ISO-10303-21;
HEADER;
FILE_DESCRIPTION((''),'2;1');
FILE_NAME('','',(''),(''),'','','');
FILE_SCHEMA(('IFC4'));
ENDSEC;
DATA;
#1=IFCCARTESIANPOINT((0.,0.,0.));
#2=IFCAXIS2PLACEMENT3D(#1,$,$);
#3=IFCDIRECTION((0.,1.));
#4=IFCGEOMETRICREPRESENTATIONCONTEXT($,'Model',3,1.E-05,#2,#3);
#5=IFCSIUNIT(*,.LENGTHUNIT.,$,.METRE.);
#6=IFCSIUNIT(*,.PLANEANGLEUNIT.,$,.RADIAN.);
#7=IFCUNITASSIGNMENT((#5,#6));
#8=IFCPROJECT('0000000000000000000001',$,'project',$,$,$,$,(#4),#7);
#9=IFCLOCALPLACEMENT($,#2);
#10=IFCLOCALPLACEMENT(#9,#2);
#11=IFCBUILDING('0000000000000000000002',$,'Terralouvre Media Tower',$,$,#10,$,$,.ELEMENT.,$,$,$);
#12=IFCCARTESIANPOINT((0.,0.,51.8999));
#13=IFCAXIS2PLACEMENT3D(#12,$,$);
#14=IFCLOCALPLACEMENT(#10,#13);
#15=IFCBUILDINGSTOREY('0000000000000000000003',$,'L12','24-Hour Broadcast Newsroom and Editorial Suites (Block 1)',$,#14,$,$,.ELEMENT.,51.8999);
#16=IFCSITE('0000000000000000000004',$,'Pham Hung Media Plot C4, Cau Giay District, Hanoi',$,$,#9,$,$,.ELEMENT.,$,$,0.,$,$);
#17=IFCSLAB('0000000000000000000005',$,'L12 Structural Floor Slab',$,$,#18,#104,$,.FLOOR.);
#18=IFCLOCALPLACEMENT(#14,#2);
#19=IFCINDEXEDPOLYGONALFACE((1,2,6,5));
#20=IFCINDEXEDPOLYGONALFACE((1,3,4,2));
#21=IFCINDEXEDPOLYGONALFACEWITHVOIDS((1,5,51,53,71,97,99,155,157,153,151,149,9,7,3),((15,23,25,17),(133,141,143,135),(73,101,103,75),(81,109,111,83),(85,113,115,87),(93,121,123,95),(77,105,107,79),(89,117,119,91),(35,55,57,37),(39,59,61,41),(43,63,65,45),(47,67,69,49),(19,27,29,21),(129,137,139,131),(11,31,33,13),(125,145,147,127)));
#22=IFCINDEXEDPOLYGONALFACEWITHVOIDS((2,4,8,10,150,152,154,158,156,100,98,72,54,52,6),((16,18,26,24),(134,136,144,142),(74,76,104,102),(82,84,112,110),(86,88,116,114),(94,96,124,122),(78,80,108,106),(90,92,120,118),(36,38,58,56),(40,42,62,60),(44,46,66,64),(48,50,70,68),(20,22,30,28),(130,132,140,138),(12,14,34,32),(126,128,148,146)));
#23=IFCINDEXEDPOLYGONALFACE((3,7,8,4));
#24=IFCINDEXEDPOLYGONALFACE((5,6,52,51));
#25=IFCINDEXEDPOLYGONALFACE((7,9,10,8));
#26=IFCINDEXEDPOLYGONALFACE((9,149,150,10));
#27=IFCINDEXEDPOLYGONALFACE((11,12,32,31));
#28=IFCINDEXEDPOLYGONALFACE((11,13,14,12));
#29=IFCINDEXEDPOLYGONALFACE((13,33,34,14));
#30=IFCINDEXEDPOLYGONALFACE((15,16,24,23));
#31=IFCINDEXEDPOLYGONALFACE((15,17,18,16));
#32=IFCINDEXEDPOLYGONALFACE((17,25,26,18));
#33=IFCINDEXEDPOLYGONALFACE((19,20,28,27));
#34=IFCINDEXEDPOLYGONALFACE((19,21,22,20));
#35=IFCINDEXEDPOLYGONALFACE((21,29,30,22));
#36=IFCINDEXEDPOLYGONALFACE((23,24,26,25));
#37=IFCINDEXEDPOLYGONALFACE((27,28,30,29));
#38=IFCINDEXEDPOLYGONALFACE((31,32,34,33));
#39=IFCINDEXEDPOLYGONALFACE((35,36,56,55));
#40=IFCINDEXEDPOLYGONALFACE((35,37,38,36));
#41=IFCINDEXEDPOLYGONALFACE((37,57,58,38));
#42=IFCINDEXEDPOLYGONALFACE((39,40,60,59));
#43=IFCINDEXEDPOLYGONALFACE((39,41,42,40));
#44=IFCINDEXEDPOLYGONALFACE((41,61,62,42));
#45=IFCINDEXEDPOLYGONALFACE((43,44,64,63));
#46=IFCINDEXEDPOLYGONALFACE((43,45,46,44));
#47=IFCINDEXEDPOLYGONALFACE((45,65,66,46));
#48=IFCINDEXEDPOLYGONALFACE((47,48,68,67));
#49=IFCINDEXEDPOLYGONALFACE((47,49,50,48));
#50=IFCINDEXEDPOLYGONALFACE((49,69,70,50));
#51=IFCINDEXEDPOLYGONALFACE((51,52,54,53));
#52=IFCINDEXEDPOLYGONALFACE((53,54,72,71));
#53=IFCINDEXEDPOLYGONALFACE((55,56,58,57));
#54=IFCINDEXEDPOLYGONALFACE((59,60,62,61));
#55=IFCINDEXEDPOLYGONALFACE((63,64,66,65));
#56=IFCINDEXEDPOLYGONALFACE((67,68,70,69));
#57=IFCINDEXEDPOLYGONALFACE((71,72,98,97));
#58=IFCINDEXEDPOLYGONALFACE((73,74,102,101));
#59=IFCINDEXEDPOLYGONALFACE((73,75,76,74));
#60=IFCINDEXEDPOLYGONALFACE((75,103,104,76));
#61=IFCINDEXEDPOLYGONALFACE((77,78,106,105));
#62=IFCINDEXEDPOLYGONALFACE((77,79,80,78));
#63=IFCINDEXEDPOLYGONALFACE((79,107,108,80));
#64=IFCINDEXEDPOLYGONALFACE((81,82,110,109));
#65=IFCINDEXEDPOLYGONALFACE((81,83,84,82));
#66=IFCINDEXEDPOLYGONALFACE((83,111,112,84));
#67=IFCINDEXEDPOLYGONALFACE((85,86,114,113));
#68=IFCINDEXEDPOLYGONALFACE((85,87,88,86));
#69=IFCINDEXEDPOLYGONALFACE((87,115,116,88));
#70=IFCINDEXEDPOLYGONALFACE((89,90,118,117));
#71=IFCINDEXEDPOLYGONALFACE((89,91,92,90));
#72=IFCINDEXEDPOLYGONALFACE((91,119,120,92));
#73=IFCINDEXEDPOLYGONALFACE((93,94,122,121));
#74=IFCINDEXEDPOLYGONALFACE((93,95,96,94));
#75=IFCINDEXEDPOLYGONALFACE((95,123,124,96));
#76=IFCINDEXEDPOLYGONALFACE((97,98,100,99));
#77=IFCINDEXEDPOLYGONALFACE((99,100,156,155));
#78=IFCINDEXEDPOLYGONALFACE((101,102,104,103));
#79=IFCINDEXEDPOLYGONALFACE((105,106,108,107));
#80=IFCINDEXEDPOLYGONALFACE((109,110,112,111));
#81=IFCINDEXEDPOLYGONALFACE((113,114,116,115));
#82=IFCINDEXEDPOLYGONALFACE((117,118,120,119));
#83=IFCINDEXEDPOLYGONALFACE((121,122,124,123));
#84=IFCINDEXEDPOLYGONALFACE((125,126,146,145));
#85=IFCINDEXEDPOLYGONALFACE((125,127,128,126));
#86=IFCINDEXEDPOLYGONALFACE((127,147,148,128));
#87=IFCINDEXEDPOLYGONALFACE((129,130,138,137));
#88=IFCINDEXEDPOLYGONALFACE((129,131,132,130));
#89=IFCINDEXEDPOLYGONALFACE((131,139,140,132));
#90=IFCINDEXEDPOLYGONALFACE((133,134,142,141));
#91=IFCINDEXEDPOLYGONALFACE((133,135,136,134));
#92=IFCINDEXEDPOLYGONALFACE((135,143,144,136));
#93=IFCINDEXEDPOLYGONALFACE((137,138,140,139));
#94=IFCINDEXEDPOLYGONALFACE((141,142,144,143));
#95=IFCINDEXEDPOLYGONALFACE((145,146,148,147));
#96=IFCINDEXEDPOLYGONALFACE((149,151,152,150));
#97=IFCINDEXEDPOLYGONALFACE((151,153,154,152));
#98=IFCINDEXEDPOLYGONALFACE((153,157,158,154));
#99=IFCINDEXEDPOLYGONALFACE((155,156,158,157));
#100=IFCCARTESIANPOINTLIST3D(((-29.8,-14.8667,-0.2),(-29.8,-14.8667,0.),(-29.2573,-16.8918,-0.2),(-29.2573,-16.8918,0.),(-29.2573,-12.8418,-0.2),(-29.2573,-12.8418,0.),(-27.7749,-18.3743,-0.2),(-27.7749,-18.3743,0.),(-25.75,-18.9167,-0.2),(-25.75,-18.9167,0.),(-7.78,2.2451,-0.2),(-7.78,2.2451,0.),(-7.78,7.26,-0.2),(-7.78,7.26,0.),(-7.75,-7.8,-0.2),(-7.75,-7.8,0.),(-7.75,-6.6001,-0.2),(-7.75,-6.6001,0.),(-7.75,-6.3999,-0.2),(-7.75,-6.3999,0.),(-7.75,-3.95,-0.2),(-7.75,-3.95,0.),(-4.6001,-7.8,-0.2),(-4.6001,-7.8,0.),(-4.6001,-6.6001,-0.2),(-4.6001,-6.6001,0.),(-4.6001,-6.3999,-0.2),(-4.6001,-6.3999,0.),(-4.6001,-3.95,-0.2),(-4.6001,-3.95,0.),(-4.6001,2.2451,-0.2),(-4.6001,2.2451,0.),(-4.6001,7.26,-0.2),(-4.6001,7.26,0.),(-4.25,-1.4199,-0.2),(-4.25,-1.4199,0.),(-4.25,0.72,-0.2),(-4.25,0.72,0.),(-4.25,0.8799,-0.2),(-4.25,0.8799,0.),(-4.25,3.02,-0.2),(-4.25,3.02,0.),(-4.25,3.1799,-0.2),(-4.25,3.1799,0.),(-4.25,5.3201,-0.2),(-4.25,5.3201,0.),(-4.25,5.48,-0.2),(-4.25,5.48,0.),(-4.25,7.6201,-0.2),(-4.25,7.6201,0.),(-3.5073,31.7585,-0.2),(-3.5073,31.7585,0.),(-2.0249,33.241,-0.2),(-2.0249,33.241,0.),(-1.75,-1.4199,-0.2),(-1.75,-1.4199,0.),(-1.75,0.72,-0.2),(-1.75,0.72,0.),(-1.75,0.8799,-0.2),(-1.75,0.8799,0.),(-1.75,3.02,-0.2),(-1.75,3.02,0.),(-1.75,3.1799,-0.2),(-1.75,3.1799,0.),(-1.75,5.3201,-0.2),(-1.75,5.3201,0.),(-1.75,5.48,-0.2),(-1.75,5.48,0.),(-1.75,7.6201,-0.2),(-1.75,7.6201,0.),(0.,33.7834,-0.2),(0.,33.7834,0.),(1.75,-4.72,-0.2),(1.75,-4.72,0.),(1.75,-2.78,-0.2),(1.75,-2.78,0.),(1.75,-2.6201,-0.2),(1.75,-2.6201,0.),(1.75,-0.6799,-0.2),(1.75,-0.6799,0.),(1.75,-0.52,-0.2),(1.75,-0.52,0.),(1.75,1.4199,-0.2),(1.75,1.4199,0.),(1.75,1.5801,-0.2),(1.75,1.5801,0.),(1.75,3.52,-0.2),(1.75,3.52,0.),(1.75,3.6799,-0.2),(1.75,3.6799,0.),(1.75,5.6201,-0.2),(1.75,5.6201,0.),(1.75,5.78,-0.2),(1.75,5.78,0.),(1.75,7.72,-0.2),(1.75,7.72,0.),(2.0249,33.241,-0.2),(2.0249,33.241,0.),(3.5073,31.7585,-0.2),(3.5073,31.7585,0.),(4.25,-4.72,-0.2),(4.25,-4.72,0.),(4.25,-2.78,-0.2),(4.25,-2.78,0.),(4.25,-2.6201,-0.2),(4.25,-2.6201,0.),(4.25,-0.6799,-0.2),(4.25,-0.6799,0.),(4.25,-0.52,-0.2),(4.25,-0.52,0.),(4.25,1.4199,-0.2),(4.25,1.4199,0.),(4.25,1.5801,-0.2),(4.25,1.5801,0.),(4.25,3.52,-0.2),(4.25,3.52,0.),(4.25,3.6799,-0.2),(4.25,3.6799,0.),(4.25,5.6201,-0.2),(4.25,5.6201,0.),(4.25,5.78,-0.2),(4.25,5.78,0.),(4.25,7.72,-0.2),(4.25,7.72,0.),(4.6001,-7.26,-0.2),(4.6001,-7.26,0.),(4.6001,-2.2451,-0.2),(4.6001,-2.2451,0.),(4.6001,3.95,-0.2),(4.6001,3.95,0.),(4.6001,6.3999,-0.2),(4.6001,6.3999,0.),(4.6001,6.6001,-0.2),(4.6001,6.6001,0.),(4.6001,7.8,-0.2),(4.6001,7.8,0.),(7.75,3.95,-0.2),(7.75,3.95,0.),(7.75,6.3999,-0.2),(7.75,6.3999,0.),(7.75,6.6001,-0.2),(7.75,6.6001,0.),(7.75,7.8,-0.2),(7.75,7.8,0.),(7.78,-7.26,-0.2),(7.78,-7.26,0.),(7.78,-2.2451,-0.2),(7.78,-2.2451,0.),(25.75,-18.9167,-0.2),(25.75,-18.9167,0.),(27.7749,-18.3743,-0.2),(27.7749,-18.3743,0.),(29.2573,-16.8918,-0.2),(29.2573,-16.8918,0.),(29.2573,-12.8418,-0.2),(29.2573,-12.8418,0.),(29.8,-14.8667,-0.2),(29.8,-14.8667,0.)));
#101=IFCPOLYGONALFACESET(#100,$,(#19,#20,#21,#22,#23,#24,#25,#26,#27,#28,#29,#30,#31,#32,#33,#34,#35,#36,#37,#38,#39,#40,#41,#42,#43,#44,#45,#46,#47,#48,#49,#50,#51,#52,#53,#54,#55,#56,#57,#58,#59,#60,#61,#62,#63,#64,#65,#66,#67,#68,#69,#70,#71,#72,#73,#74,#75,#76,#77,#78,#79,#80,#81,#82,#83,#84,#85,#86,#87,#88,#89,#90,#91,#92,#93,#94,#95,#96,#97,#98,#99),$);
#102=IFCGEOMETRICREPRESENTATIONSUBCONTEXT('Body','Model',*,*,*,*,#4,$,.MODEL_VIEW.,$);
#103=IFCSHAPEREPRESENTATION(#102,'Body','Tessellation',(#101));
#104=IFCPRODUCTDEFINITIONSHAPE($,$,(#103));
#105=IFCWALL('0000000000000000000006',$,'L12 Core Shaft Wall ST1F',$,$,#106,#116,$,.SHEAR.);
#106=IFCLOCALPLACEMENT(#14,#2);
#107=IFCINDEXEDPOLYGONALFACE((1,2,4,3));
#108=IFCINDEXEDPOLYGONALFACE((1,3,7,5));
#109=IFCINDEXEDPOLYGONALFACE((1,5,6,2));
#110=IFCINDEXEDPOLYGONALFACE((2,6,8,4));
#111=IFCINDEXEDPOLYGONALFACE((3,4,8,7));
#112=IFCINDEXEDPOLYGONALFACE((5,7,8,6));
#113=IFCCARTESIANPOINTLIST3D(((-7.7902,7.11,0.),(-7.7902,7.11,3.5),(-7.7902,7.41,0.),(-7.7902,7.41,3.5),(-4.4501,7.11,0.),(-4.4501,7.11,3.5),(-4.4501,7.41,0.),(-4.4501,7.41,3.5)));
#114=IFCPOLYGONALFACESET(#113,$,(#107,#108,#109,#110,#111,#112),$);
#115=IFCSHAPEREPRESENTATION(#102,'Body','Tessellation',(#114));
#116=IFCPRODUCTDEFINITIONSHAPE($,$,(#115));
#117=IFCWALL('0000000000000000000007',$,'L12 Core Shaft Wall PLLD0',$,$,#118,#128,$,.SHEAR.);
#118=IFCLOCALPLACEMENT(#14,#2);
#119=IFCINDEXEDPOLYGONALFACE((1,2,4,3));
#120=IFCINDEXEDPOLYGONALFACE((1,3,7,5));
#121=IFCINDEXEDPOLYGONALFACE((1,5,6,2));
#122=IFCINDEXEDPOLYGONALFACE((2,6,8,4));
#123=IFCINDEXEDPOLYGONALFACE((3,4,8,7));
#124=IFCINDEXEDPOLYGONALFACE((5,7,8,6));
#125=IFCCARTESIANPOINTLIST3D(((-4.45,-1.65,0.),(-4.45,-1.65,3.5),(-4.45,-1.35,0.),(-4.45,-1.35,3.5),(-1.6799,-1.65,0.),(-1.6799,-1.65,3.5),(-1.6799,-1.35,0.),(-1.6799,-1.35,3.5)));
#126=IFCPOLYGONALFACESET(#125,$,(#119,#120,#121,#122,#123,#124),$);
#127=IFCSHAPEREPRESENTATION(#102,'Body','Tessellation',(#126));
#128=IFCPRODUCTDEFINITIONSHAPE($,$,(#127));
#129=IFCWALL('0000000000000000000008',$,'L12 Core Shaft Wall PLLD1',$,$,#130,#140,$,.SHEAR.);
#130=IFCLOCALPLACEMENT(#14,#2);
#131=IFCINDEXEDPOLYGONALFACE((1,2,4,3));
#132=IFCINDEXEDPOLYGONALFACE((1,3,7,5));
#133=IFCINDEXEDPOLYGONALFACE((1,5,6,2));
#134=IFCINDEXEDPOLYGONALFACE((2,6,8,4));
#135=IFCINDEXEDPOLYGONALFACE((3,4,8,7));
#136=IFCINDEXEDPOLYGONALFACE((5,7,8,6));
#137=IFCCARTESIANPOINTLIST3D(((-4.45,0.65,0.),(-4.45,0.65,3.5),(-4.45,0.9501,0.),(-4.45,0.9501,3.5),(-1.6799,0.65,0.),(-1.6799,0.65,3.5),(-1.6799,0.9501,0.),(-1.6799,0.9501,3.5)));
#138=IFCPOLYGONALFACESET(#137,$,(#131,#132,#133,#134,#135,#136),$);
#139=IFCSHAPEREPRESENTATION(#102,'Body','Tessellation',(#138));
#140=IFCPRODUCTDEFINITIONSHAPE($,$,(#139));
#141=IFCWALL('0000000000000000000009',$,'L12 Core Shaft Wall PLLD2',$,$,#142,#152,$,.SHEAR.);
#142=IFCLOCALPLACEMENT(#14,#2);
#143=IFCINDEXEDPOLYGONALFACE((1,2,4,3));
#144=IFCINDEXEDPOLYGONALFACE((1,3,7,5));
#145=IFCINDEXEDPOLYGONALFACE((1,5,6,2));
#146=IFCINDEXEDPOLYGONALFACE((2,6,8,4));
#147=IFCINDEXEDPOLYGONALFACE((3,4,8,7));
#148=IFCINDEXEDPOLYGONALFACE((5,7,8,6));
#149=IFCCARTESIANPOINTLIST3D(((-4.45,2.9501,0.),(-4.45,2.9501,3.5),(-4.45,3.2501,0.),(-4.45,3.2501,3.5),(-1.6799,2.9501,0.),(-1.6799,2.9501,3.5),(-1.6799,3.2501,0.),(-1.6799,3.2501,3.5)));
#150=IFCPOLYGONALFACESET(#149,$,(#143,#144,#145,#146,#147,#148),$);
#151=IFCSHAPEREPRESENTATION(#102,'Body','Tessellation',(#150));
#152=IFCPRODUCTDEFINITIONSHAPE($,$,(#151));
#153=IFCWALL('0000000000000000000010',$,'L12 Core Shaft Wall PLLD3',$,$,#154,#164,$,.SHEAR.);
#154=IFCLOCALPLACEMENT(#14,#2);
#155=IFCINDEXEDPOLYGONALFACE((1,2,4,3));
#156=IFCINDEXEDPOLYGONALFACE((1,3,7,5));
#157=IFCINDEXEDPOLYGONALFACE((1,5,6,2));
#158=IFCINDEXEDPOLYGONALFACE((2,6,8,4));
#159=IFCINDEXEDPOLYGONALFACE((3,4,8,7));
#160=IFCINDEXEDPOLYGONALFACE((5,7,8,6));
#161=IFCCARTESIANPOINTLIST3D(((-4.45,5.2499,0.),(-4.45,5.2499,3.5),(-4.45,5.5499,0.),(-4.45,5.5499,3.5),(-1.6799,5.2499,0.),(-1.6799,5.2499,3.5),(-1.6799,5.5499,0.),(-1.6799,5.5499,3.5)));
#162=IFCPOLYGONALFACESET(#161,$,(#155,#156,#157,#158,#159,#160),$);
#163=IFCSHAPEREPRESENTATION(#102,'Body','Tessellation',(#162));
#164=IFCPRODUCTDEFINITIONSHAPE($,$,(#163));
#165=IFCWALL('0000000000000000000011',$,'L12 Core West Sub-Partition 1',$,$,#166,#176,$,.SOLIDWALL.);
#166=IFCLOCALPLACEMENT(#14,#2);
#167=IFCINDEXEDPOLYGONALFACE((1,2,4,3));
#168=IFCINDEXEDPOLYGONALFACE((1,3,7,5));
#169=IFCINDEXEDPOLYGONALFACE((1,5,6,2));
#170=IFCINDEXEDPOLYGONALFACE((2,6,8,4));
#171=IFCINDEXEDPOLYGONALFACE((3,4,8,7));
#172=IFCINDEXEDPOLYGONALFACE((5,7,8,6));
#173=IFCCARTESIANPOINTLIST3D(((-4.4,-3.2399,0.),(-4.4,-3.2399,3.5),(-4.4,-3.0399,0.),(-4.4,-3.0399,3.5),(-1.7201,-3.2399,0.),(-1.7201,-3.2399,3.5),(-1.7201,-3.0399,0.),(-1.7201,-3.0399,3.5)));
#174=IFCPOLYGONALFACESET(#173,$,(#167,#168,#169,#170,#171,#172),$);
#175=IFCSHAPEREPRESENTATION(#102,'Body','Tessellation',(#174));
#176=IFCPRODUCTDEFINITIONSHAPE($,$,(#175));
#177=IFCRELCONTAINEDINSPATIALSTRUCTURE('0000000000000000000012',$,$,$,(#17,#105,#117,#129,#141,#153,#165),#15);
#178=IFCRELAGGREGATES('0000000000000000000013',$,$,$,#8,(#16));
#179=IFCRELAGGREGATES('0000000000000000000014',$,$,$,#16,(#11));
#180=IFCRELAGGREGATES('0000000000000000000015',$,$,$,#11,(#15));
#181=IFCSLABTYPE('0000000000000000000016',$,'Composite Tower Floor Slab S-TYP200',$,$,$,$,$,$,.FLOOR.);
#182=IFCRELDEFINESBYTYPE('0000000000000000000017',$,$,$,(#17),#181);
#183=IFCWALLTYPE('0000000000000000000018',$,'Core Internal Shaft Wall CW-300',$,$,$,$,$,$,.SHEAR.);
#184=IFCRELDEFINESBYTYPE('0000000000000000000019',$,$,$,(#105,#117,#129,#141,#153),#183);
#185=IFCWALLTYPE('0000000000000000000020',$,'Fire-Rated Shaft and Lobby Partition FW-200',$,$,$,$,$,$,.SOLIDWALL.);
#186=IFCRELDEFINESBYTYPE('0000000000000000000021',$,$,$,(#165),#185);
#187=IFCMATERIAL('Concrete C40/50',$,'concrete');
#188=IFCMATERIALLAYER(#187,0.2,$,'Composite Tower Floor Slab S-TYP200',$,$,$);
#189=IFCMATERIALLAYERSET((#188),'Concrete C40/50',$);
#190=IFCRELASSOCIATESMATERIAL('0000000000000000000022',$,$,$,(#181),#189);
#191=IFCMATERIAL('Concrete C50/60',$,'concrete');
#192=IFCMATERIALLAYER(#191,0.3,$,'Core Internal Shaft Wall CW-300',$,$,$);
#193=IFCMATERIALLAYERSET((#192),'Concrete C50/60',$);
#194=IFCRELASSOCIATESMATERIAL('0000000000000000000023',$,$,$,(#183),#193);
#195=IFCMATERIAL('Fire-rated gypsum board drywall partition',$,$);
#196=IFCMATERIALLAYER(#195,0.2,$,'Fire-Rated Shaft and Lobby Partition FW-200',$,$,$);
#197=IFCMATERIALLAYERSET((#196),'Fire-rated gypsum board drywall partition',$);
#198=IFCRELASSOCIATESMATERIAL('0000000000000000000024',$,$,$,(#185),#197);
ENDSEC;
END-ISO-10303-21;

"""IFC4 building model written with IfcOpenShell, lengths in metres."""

from ifc_helpers import new_model, si_unit, direction, frame, frame_2d, origin, place, context, subcontext, project, spatial, polyline, rectangle, outline, extrude, material, layer, layer_set, type_object, element, save


model = new_model("IFC4")

# Units and contexts
model_context = context("Model", 3, precision=1e-05, world=origin(), true_north=direction((0.0, 1.0)))
body_context = subcontext(model_context, "Body", "Model", "MODEL_VIEW")
ifc_project = project(units=[si_unit("LENGTHUNIT", "METRE"), si_unit("PLANEANGLEUNIT", "RADIAN")], contexts=[model_context])

# Site, building, storey
site_placement = place(None, origin())
site = spatial("IfcSite", under=ifc_project, at=site_placement, Name="Pham Hung Media Plot C4, Cau Giay District, Hanoi", CompositionType="ELEMENT", RefElevation=0.0)
building_placement = place(site_placement, origin())
building = spatial("IfcBuilding", under=site, at=building_placement, Name="Terralouvre Media Tower", CompositionType="ELEMENT")
storey_placement = place(building_placement, frame((0.0, 0.0, 51.8999)))
storey = spatial("IfcBuildingStorey", under=building, at=storey_placement, Name="L12", Description="24-Hour Broadcast Newsroom and Editorial Suites (Block 1)", CompositionType="ELEMENT", Elevation=51.8999)

# Slab
ifc_material_1 = material(Name="Concrete C40/50", Category="concrete")
ifc_layer_1 = layer(ifc_material_1, 0.2, Name="Composite Tower Floor Slab S-TYP200")
ifc_layer_set_1 = layer_set([ifc_layer_1], Name="Concrete C40/50")
slab_type = type_object("IfcSlabType", Name="Composite Tower Floor Slab S-TYP200", PredefinedType="FLOOR", material=ifc_layer_set_1)
slab_placement = place(storey_placement, frame((0.0, 0.0, -0.2)))
element("IfcSlab", 1, at=slab_placement, inside=storey, type_object=slab_type, Name="L12 Structural Floor Slab", PredefinedType="FLOOR", context=body_context, shape_type="SweptSolid", body=[
    extrude(outline(polyline([(-29.2573, -12.8418), (-29.8, -14.8667), (-29.2573, -16.8918), (-27.7749, -18.3743), (-25.75, -18.9167), (25.75, -18.9167), (27.7749, -18.3743), (29.2573, -16.8918), (29.8, -14.8667), (29.2573, -12.8418), (3.5073, 31.7585), (2.0249, 33.241), (0.0, 33.7834), (-2.0249, 33.241), (-3.5073, 31.7585), (-29.2573, -12.8418)]), holes=[polyline([(-4.6001, -7.8), (-7.75, -7.8), (-7.75, -6.6001), (-4.6001, -6.6001), (-4.6001, -7.8)]), polyline([(-4.6001, -6.3999), (-7.75, -6.3999), (-7.75, -3.95), (-4.6001, -3.95), (-4.6001, -6.3999)]), polyline([(-1.75, -1.4199), (-4.25, -1.4199), (-4.25, 0.72), (-1.75, 0.72), (-1.75, -1.4199)]), polyline([(-1.75, 0.8799), (-4.25, 0.8799), (-4.25, 3.02), (-1.75, 3.02), (-1.75, 0.8799)]), polyline([(4.25, 1.5801), (1.75, 1.5801), (1.75, 3.52), (4.25, 3.52), (4.25, 1.5801)]), polyline([(-1.75, 3.1799), (-4.25, 3.1799), (-4.25, 5.3201), (-1.75, 5.3201), (-1.75, 3.1799)]), polyline([(-4.6001, 2.2451), (-7.78, 2.2451), (-7.78, 7.26), (-4.6001, 7.26), (-4.6001, 2.2451)]), polyline([(-1.75, 5.48), (-4.25, 5.48), (-4.25, 7.6201), (-1.75, 7.6201), (-1.75, 5.48)]), polyline([(4.6001, -2.2451), (7.78, -2.2451), (7.78, -7.26), (4.6001, -7.26), (4.6001, -2.2451)]), polyline([(4.25, -4.72), (1.75, -4.72), (1.75, -2.78), (4.25, -2.78), (4.25, -4.72)]), polyline([(4.25, -2.6201), (1.75, -2.6201), (1.75, -0.6799), (4.25, -0.6799), (4.25, -2.6201)]), polyline([(4.25, -0.52), (1.75, -0.52), (1.75, 1.4199), (4.25, 1.4199), (4.25, -0.52)]), polyline([(4.25, 3.6799), (1.75, 3.6799), (1.75, 5.6201), (4.25, 5.6201), (4.25, 3.6799)]), polyline([(7.75, 3.95), (4.6001, 3.95), (4.6001, 6.3999), (7.75, 6.3999), (7.75, 3.95)]), polyline([(4.25, 5.78), (1.75, 5.78), (1.75, 7.72), (4.25, 7.72), (4.25, 5.78)]), polyline([(7.75, 6.6001), (4.6001, 6.6001), (4.6001, 7.8), (7.75, 7.8), (7.75, 6.6001)])]), origin(), (0.0, 0.0, 1.0), 0.2),
])

# Shared definitions
ifc_material_2 = material(Name="Concrete C50/60", Category="concrete")
ifc_layer_2 = layer(ifc_material_2, 0.3, Name="Core Internal Shaft Wall CW-300")
ifc_layer_set_2 = layer_set([ifc_layer_2], Name="Concrete C50/60")
wall_type_1 = type_object("IfcWallType", Name="Core Internal Shaft Wall CW-300", PredefinedType="SHEAR", material=ifc_layer_set_2)

# Walls
wall_1_placement = place(storey_placement, frame((-7.79, 7.26, 0.0), z_axis=(0.0, 0.0, 1.0), x_axis=(1.0, 0.0, 0.0)))
element("IfcWall", 2, at=wall_1_placement, inside=storey, type_object=wall_type_1, Name="L12 Core Shaft Wall ST1F", PredefinedType="SHEAR", context=body_context, shape_type="SweptSolid", body=[
    extrude(rectangle(XDim=3.3401, YDim=0.3, at=frame_2d((1.6699, 0.0))), origin(), (0.0, 0.0, 1.0), 3.5),
])
for number, where, z_axis, x_axis, name in (
    (3, (-4.45, -1.5, 0.0), (0.0, 0.0, 1.0), (1.0, 0.0, 0.0), "L12 Core Shaft Wall PLLD0"),
    (4, (-4.45, 0.8, 0.0), (0.0, 0.0, 1.0), (1.0, 0.0, 0.0), "L12 Core Shaft Wall PLLD1"),
    (5, (-4.45, 3.1001, 0.0), (0.0, 0.0, 1.0), (1.0, 0.0, 0.0), "L12 Core Shaft Wall PLLD2"),
    (6, (-4.45, 5.3999, 0.0), (0.0, 0.0, 1.0), (1.0, 0.0, 0.0), "L12 Core Shaft Wall PLLD3"),
):
    element("IfcWall", number, at=place(storey_placement, frame(where, z_axis=z_axis, x_axis=x_axis)), inside=storey, type_object=wall_type_1, Name=name, PredefinedType="SHEAR", context=body_context, shape_type="SweptSolid", body=[
        extrude(rectangle(XDim=2.77, YDim=0.3, at=frame_2d((1.385, 0.0))), origin(), (0.0, 0.0, 1.0), 3.5),
    ])

# Wall
ifc_material_3 = material(Name="Fire-rated gypsum board drywall partition")
ifc_layer_3 = layer(ifc_material_3, 0.2, Name="Fire-Rated Shaft and Lobby Partition FW-200")
ifc_layer_set_3 = layer_set([ifc_layer_3], Name="Fire-rated gypsum board drywall partition")
wall_type_2 = type_object("IfcWallType", Name="Fire-Rated Shaft and Lobby Partition FW-200", PredefinedType="SOLIDWALL", material=ifc_layer_set_3)
wall_2_placement = place(storey_placement, frame((-4.3999, -3.1399, 0.0), z_axis=(0.0, 0.0, 1.0), x_axis=(1.0, 0.0, 0.0)))
element("IfcWall", 7, at=wall_2_placement, inside=storey, type_object=wall_type_2, Name="L12 Core West Sub-Partition 1", PredefinedType="SOLIDWALL", context=body_context, shape_type="SweptSolid", body=[
    extrude(rectangle(XDim=2.6799, YDim=0.2, at=frame_2d((1.3398, 0.0))), origin(), (0.0, 0.0, 1.0), 3.5),
])

save(model, "model.ifc")
